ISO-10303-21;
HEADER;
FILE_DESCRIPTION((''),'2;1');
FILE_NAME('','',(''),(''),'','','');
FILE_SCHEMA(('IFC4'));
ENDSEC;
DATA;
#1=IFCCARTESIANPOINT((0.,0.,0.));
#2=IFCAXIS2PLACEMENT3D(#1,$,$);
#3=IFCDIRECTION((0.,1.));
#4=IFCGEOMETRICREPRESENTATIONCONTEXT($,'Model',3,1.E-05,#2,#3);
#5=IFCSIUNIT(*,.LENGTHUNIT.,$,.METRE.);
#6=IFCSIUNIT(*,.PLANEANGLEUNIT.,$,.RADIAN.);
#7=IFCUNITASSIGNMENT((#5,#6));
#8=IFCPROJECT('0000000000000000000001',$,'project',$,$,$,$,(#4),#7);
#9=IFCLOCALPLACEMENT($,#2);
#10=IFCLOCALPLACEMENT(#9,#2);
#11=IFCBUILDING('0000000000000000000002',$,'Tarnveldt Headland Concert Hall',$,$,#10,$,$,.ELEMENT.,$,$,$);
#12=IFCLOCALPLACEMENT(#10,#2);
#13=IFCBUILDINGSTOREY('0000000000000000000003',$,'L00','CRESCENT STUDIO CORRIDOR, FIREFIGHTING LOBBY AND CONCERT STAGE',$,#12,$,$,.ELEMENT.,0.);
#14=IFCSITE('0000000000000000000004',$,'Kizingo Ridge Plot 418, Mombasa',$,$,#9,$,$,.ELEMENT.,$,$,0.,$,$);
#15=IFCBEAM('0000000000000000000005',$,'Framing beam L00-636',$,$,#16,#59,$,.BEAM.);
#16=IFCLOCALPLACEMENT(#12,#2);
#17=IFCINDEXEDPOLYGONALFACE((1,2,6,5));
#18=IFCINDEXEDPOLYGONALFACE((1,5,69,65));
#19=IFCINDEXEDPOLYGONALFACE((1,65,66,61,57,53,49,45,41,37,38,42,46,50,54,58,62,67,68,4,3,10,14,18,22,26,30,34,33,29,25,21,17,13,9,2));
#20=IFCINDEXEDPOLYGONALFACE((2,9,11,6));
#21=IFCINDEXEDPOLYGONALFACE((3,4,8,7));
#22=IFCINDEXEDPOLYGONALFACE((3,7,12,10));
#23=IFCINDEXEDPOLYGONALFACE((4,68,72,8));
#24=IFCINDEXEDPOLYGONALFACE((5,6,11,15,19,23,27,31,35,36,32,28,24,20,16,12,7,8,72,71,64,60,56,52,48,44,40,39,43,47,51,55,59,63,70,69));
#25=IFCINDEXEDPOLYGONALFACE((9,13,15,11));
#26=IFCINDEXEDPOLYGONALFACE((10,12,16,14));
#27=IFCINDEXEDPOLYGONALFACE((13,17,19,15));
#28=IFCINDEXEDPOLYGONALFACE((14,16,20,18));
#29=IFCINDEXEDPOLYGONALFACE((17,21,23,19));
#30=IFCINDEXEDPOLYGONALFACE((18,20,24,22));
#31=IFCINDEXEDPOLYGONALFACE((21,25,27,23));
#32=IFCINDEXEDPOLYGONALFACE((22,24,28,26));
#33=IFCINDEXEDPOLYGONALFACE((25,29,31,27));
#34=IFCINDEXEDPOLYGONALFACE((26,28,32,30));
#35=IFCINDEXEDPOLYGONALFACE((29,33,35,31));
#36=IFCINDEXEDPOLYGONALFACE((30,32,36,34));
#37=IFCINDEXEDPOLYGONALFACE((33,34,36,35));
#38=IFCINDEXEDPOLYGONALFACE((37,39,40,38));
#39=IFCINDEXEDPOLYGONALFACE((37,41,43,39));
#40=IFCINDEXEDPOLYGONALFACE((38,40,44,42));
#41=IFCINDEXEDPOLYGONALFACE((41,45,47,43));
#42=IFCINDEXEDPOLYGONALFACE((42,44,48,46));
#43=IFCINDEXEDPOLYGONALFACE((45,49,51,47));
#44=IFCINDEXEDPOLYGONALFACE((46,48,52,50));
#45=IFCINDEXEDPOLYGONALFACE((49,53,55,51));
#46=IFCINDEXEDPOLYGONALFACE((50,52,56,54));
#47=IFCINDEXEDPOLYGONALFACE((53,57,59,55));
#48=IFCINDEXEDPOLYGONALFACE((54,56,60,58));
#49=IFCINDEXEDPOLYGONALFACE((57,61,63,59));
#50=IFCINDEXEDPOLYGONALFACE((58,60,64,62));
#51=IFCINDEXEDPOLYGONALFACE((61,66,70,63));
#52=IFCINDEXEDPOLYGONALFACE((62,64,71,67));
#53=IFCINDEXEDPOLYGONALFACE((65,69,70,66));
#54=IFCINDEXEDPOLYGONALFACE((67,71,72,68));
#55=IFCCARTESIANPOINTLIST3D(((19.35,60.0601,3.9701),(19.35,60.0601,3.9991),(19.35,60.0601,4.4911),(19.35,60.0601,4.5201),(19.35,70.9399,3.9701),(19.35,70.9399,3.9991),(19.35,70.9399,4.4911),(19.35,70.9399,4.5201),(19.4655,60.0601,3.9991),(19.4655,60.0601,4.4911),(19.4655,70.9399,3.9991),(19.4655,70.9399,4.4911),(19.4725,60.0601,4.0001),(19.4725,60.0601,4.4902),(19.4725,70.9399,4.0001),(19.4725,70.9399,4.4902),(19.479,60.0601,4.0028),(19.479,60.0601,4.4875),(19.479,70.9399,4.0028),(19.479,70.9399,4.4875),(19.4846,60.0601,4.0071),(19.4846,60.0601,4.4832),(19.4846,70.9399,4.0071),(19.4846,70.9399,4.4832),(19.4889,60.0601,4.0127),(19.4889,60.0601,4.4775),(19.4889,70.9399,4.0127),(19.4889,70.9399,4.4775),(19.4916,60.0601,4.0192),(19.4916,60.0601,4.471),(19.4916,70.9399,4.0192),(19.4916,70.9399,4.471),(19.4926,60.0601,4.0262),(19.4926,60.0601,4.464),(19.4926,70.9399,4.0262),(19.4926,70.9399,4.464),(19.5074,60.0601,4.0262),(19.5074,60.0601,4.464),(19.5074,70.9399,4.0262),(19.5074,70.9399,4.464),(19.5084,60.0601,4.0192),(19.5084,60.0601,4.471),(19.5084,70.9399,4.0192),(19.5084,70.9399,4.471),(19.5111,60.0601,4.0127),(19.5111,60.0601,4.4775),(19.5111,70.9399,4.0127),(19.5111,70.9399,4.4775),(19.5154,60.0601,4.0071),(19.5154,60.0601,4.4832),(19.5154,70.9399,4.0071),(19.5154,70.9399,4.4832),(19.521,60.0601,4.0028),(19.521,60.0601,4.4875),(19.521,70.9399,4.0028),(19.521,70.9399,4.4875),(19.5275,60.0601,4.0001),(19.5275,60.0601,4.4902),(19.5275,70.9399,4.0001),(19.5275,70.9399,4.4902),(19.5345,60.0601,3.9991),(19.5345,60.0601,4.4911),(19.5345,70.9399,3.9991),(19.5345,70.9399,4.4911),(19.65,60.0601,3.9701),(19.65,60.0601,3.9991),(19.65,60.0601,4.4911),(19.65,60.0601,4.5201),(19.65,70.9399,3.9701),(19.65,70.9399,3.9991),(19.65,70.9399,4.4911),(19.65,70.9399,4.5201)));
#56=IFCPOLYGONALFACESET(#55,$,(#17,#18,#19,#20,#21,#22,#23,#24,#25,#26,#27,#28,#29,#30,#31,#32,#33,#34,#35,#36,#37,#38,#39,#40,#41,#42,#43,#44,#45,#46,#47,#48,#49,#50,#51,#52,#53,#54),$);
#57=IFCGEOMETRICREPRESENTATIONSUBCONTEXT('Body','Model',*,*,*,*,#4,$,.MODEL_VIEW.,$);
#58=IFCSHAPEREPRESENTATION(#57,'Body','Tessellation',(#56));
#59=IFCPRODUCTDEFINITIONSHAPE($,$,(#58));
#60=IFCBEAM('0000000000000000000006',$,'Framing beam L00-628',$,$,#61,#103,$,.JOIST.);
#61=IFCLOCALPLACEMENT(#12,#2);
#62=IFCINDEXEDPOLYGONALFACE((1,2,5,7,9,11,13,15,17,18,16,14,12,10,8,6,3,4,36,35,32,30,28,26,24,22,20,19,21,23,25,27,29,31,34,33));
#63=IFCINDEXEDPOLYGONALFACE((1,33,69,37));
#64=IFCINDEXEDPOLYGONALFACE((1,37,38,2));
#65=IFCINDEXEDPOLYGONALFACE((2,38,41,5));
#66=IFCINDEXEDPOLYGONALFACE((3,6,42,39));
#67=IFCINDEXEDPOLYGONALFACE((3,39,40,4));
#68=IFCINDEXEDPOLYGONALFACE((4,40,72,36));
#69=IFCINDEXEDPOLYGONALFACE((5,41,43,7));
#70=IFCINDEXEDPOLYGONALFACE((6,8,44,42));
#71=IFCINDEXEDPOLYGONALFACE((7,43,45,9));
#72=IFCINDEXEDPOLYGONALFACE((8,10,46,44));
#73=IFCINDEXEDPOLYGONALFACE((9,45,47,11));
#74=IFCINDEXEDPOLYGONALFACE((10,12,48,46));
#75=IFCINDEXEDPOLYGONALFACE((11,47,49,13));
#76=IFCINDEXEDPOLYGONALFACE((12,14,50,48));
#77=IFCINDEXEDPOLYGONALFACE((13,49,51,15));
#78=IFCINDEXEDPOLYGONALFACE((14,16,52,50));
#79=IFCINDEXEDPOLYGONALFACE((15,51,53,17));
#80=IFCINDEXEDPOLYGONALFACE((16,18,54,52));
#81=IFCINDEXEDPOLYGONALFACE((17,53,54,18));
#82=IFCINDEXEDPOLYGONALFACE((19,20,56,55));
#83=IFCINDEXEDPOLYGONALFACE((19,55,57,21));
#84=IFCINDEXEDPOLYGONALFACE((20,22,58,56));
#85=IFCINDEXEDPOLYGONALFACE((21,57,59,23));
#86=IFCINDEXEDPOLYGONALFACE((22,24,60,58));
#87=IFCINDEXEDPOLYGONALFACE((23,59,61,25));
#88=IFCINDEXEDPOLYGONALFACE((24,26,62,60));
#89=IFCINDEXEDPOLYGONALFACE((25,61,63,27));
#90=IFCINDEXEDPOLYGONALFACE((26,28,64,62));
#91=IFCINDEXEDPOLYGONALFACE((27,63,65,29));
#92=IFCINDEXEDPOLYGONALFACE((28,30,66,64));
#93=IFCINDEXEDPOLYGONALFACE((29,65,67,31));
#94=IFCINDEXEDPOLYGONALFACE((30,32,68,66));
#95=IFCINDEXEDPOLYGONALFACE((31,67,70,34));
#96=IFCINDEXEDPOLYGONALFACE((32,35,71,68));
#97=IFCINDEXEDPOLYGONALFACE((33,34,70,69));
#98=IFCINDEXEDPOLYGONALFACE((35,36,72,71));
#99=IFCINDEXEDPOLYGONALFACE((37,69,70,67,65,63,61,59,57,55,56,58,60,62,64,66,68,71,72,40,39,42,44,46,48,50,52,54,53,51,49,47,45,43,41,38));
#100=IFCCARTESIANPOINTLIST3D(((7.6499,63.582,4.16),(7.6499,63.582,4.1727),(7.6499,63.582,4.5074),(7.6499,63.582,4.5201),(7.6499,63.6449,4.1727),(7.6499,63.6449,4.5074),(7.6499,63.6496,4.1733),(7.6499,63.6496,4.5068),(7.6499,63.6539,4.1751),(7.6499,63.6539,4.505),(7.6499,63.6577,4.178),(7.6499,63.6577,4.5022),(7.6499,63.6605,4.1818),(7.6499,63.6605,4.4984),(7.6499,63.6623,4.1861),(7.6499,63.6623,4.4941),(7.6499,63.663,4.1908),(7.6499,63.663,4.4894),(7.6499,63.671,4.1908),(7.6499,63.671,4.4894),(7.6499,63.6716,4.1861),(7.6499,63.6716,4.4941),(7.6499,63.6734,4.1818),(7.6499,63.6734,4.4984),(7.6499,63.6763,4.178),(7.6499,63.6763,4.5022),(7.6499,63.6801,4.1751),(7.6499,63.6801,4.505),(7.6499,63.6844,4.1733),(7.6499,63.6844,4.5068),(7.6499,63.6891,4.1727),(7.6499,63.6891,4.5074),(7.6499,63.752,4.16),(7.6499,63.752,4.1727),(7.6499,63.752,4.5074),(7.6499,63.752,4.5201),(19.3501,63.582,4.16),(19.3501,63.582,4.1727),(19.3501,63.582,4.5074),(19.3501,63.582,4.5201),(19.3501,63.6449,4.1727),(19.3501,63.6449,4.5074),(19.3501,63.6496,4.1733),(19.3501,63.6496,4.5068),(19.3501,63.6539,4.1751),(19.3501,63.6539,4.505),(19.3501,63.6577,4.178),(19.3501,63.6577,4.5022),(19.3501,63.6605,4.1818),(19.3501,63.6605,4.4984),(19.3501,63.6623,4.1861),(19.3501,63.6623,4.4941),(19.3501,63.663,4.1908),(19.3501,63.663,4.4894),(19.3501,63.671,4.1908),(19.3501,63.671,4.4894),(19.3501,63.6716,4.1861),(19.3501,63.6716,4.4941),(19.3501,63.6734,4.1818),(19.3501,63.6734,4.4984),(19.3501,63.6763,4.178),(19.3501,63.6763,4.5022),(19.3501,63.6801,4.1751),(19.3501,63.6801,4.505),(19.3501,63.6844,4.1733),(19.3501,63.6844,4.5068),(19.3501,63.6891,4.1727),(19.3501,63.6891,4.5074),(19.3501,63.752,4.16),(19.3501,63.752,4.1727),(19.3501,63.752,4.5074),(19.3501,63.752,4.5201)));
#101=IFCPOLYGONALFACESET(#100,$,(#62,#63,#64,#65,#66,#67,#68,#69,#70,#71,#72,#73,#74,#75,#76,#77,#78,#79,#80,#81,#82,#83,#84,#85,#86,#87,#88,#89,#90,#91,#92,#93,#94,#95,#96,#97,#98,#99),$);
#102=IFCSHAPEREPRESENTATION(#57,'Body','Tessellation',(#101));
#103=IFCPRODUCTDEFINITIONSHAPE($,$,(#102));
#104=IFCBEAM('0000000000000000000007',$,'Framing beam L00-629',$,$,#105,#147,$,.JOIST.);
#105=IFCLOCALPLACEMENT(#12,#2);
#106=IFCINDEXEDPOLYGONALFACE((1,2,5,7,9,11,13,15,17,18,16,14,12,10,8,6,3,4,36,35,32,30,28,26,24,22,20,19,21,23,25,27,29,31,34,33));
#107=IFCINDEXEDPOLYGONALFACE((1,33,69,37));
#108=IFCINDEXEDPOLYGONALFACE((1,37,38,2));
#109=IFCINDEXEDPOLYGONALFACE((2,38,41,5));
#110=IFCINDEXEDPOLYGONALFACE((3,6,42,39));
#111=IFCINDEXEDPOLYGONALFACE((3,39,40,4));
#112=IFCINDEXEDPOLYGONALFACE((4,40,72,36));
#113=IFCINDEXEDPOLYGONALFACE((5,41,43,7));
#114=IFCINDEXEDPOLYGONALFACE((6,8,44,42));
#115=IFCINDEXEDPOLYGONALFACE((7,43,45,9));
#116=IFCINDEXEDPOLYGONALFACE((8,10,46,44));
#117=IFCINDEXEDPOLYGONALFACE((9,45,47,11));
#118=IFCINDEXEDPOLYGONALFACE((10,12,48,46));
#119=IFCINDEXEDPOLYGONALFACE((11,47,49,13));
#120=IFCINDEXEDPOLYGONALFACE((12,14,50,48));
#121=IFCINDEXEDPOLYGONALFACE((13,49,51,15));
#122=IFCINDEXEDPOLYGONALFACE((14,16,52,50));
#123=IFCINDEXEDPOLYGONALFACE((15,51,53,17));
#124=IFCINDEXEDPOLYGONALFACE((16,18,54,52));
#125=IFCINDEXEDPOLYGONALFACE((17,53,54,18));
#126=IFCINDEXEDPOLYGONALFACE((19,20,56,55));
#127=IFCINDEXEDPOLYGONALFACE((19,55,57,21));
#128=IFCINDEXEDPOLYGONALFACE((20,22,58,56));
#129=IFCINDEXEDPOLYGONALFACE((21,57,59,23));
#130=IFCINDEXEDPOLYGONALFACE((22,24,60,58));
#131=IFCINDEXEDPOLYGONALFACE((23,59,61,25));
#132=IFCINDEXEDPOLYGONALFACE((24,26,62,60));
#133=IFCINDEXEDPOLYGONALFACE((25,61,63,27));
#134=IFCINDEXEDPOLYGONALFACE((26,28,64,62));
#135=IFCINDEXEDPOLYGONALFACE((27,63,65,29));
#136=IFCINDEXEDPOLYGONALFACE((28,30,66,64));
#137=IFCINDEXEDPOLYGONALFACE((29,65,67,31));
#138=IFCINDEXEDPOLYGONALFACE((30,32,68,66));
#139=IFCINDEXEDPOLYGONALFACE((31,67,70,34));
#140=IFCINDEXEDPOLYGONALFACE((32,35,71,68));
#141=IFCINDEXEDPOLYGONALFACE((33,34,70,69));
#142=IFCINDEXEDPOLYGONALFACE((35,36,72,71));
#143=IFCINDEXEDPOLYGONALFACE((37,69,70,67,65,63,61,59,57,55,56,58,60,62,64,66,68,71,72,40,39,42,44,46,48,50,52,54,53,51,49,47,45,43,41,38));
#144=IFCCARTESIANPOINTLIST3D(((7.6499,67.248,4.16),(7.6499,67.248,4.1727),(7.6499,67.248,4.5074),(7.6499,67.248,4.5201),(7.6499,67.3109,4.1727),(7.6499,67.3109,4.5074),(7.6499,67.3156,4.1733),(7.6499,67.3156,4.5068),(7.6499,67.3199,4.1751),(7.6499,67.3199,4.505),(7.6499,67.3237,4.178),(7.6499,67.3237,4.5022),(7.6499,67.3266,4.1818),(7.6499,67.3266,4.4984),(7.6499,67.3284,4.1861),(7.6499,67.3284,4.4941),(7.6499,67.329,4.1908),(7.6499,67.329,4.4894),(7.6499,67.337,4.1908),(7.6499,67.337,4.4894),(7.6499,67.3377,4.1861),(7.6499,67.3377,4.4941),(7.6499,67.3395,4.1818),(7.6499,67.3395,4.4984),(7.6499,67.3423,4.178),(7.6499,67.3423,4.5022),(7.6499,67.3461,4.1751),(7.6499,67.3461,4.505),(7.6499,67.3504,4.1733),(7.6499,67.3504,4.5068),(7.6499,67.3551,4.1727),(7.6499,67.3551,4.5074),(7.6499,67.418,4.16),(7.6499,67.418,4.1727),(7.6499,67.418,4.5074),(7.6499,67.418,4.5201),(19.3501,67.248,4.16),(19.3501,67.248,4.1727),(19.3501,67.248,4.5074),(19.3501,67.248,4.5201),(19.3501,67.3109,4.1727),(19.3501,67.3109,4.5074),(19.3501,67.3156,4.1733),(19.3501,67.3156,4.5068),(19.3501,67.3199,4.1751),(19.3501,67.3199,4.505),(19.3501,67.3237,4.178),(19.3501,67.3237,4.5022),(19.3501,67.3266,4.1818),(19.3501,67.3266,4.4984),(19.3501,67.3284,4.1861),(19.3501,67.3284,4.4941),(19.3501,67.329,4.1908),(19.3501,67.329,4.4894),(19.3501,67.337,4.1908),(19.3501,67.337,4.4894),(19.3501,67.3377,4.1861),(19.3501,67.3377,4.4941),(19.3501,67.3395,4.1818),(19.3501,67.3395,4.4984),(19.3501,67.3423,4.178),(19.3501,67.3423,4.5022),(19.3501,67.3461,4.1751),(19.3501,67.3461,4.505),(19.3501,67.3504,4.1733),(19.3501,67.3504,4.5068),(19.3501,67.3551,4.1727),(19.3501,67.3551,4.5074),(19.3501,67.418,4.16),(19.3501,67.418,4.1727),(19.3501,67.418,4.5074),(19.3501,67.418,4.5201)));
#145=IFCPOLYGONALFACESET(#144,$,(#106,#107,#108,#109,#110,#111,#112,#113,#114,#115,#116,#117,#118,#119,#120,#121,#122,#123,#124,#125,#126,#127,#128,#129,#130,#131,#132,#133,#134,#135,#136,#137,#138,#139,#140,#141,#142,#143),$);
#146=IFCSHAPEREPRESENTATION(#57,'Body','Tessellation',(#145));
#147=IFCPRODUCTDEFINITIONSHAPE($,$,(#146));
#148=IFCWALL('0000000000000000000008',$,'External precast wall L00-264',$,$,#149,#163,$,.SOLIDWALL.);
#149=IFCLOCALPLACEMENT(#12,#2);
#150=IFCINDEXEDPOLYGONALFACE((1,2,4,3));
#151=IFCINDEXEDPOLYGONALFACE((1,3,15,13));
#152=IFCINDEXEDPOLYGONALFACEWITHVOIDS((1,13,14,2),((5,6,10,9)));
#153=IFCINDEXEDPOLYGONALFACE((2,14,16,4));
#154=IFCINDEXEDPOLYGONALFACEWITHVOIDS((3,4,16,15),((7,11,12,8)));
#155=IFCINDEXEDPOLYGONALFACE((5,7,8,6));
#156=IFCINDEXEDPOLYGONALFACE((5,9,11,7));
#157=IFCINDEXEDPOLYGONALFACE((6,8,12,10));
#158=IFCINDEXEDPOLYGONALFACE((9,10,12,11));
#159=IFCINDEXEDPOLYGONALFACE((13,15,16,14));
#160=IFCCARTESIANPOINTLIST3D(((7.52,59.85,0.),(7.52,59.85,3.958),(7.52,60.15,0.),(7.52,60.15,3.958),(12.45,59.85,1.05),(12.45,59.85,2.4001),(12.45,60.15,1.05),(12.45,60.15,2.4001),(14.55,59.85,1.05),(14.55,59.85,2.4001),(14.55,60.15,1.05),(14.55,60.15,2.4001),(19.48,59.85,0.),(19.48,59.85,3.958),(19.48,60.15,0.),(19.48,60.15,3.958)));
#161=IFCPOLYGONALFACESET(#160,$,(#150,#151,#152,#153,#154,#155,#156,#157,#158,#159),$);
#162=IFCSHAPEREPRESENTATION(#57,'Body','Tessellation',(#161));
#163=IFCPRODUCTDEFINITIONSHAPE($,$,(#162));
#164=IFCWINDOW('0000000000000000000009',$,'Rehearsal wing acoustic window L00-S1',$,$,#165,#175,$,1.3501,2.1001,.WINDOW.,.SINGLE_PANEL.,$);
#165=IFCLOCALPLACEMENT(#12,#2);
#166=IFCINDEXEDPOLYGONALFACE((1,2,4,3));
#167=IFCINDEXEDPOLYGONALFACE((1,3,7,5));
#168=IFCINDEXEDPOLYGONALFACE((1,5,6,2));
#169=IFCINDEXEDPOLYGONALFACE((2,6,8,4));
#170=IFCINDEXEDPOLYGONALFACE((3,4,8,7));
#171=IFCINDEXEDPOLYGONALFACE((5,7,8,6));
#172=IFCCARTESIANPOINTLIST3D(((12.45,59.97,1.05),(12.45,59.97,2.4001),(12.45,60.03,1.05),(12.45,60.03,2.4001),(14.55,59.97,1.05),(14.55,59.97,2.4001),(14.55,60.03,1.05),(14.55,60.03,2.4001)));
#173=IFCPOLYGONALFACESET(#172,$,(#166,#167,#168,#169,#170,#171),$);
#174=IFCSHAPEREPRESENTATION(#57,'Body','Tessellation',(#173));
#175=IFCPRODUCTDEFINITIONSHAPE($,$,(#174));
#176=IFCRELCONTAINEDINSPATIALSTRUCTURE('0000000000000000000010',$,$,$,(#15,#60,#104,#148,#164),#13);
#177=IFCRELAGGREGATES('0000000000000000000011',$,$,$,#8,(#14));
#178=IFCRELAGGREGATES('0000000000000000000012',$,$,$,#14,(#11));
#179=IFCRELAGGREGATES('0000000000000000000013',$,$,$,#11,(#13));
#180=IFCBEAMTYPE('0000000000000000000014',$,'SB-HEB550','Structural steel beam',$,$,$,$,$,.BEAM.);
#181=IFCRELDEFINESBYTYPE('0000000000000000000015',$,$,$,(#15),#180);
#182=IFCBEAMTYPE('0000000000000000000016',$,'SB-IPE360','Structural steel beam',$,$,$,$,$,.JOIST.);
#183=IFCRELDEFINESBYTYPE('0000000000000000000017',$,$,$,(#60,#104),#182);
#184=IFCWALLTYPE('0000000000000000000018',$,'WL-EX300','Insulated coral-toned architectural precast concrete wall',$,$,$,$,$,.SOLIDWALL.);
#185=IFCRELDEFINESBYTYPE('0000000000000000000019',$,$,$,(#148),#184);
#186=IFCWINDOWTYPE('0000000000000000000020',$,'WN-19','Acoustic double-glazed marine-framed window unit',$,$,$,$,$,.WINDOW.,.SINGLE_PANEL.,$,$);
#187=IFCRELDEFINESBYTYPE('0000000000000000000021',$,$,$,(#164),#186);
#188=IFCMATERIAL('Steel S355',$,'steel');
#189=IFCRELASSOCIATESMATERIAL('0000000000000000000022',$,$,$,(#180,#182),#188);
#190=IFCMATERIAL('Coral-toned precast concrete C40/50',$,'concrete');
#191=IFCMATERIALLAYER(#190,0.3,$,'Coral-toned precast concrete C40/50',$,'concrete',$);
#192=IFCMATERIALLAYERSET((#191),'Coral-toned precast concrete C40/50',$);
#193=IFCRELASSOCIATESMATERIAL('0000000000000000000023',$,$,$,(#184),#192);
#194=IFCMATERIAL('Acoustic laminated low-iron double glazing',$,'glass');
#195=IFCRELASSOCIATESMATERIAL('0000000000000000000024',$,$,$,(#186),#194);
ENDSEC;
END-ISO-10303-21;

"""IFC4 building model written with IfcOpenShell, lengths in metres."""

from ifc_helpers import new_model, si_unit, direction, frame, frame_2d, origin, origin_2d, place, context, subcontext, project, spatial, rectangle, i_section, extrude, material, layer, layer_set, material_profile, profile_set, type_object, element, fill, save


model = new_model("IFC4")

# Units and contexts
model_context = context("Model", 3, precision=1e-05, world=origin(), true_north=direction((0.0, 1.0)))
body_context = subcontext(model_context, "Body", "Model", "MODEL_VIEW")
ifc_project = project(units=[si_unit("LENGTHUNIT", "METRE"), si_unit("PLANEANGLEUNIT", "RADIAN")], contexts=[model_context])

# Site, building, storey
site_placement = place(None, origin())
site = spatial("IfcSite", under=ifc_project, at=site_placement, Name="Kizingo Ridge Plot 418, Mombasa", CompositionType="ELEMENT", RefElevation=0.0)
building_placement = place(site_placement, origin())
building = spatial("IfcBuilding", under=site, at=building_placement, Name="Tarnveldt Headland Concert Hall", CompositionType="ELEMENT")
storey_placement = place(building_placement, origin())
storey = spatial("IfcBuildingStorey", under=building, at=storey_placement, Name="L00", Description="CRESCENT STUDIO CORRIDOR, FIREFIGHTING LOBBY AND CONCERT STAGE", CompositionType="ELEMENT", Elevation=0.0)

# Beams
ifc_material_1 = material(Name="Steel S355", Category="steel")
ifc_material_profile_1 = material_profile(ifc_material_1, i_section(OverallWidth=0.3, OverallDepth=0.55, WebThickness=0.0149, FlangeThickness=0.0291, FilletRadius=0.0271, at=origin_2d()), Name="HEB550", Category="steel")
ifc_profile_set_1 = profile_set([ifc_material_profile_1], Name="Steel S355")
beam_type_1 = type_object("IfcBeamType", Name="SB-HEB550", Description="Structural steel beam", PredefinedType="BEAM", material=ifc_profile_set_1)
for number, where, z_axis, x_axis, name in (
    (1, (19.5, 60.0601, 4.2451), (0.0, 1.0, 0.0), (-1.0, 0.0, 0.0), "Framing beam L00-636"),
):
    element("IfcBeam", number, at=place(storey_placement, frame(where, z_axis=z_axis, x_axis=x_axis)), inside=storey, type_object=beam_type_1, Name=name, PredefinedType="BEAM", context=body_context, shape_type="SweptSolid", body=[
        extrude(i_section(OverallWidth=0.3, OverallDepth=0.55, WebThickness=0.0149, FlangeThickness=0.0291, FilletRadius=0.0271, at=origin_2d()), origin(), (0.0, 0.0, 1.0), 10.8799),
    ])
ifc_material_profile_2 = material_profile(ifc_material_1, i_section(OverallWidth=0.1699, OverallDepth=0.3601, WebThickness=0.0081, FlangeThickness=0.0127, FilletRadius=0.0181, at=origin_2d()), Name="IPE360", Category="steel")
ifc_profile_set_2 = profile_set([ifc_material_profile_2], Name="Steel S355")
beam_type_2 = type_object("IfcBeamType", Name="SB-IPE360", Description="Structural steel beam", PredefinedType="JOIST", material=ifc_profile_set_2)
for number, where, z_axis, x_axis, name in (
    (2, (7.6499, 63.667, 4.3401), (1.0, 0.0, 0.0), (0.0, 1.0, 0.0), "Framing beam L00-628"),
    (3, (7.6499, 67.333, 4.3401), (1.0, 0.0, 0.0), (0.0, 1.0, 0.0), "Framing beam L00-629"),
):
    element("IfcBeam", number, at=place(storey_placement, frame(where, z_axis=z_axis, x_axis=x_axis)), inside=storey, type_object=beam_type_2, Name=name, PredefinedType="JOIST", context=body_context, shape_type="SweptSolid", body=[
        extrude(i_section(OverallWidth=0.1699, OverallDepth=0.3601, WebThickness=0.0081, FlangeThickness=0.0127, FilletRadius=0.0181, at=origin_2d()), origin(), (0.0, 0.0, 1.0), 11.7002),
    ])

# Wall, opening, window
ifc_material_2 = material(Name="Coral-toned precast concrete C40/50", Category="concrete")
ifc_layer_1 = layer(ifc_material_2, 0.3, Name="Coral-toned precast concrete C40/50", Category="concrete")
ifc_layer_set_1 = layer_set([ifc_layer_1], Name="Coral-toned precast concrete C40/50")
wall_type = type_object("IfcWallType", Name="WL-EX300", Description="Insulated coral-toned architectural precast concrete wall", PredefinedType="SOLIDWALL", material=ifc_layer_set_1)
wall_1_placement = place(storey_placement, frame((19.48, 60.0, 0.0), z_axis=(0.0, 0.0, 1.0), x_axis=(-1.0, 0.0, 0.0)))
wall_1 = element("IfcWall", 4, at=wall_1_placement, inside=storey, type_object=wall_type, Name="External precast wall L00-264", PredefinedType="SOLIDWALL", context=body_context, shape_type="SweptSolid", body=[
    extrude(rectangle(XDim=11.96, YDim=0.3, at=frame_2d((5.98, 0.0))), origin(), (0.0, 0.0, 1.0), 3.958),
])
opening_1_placement = place(wall_1_placement, frame((4.9299, 0.0, 1.05)))
opening_1 = element("IfcOpeningElement", 5, at=opening_1_placement, cuts=wall_1, PredefinedType="OPENING", context=body_context, shape_type="SweptSolid", body=[
    extrude(rectangle(XDim=2.1001, YDim=1.3501, at=frame_2d((1.05, 0.675))), frame((0.0, 0.1599, 0.0), z_axis=(0.0, -1.0, 0.0), x_axis=(1.0, 0.0, 0.0)), (0.0, 0.0, 1.0), 0.3201),
])
ifc_material_3 = material(Name="Acoustic laminated low-iron double glazing", Category="glass")
window_type_1 = type_object("IfcWindowType", Name="WN-19", Description="Acoustic double-glazed marine-framed window unit", PartitioningType="SINGLE_PANEL", PredefinedType="WINDOW", material=ifc_material_3)
window_1_placement = place(opening_1_placement, origin())
window_1 = element("IfcWindow", 6, at=window_1_placement, inside=storey, type_object=window_type_1, Name="Rehearsal wing acoustic window L00-S1", OverallHeight=1.3501, OverallWidth=2.1001, PartitioningType="SINGLE_PANEL", PredefinedType="WINDOW", context=body_context, shape_type="SweptSolid", body=[
    extrude(rectangle(XDim=2.1001, YDim=1.3501, at=frame_2d((1.05, 0.675))), frame((0.0, 0.03, 0.0), z_axis=(0.0, -1.0, 0.0), x_axis=(1.0, 0.0, 0.0)), (0.0, 0.0, 1.0), 0.0601),
])
fill(opening_1, window_1)

save(model, "model.ifc")
